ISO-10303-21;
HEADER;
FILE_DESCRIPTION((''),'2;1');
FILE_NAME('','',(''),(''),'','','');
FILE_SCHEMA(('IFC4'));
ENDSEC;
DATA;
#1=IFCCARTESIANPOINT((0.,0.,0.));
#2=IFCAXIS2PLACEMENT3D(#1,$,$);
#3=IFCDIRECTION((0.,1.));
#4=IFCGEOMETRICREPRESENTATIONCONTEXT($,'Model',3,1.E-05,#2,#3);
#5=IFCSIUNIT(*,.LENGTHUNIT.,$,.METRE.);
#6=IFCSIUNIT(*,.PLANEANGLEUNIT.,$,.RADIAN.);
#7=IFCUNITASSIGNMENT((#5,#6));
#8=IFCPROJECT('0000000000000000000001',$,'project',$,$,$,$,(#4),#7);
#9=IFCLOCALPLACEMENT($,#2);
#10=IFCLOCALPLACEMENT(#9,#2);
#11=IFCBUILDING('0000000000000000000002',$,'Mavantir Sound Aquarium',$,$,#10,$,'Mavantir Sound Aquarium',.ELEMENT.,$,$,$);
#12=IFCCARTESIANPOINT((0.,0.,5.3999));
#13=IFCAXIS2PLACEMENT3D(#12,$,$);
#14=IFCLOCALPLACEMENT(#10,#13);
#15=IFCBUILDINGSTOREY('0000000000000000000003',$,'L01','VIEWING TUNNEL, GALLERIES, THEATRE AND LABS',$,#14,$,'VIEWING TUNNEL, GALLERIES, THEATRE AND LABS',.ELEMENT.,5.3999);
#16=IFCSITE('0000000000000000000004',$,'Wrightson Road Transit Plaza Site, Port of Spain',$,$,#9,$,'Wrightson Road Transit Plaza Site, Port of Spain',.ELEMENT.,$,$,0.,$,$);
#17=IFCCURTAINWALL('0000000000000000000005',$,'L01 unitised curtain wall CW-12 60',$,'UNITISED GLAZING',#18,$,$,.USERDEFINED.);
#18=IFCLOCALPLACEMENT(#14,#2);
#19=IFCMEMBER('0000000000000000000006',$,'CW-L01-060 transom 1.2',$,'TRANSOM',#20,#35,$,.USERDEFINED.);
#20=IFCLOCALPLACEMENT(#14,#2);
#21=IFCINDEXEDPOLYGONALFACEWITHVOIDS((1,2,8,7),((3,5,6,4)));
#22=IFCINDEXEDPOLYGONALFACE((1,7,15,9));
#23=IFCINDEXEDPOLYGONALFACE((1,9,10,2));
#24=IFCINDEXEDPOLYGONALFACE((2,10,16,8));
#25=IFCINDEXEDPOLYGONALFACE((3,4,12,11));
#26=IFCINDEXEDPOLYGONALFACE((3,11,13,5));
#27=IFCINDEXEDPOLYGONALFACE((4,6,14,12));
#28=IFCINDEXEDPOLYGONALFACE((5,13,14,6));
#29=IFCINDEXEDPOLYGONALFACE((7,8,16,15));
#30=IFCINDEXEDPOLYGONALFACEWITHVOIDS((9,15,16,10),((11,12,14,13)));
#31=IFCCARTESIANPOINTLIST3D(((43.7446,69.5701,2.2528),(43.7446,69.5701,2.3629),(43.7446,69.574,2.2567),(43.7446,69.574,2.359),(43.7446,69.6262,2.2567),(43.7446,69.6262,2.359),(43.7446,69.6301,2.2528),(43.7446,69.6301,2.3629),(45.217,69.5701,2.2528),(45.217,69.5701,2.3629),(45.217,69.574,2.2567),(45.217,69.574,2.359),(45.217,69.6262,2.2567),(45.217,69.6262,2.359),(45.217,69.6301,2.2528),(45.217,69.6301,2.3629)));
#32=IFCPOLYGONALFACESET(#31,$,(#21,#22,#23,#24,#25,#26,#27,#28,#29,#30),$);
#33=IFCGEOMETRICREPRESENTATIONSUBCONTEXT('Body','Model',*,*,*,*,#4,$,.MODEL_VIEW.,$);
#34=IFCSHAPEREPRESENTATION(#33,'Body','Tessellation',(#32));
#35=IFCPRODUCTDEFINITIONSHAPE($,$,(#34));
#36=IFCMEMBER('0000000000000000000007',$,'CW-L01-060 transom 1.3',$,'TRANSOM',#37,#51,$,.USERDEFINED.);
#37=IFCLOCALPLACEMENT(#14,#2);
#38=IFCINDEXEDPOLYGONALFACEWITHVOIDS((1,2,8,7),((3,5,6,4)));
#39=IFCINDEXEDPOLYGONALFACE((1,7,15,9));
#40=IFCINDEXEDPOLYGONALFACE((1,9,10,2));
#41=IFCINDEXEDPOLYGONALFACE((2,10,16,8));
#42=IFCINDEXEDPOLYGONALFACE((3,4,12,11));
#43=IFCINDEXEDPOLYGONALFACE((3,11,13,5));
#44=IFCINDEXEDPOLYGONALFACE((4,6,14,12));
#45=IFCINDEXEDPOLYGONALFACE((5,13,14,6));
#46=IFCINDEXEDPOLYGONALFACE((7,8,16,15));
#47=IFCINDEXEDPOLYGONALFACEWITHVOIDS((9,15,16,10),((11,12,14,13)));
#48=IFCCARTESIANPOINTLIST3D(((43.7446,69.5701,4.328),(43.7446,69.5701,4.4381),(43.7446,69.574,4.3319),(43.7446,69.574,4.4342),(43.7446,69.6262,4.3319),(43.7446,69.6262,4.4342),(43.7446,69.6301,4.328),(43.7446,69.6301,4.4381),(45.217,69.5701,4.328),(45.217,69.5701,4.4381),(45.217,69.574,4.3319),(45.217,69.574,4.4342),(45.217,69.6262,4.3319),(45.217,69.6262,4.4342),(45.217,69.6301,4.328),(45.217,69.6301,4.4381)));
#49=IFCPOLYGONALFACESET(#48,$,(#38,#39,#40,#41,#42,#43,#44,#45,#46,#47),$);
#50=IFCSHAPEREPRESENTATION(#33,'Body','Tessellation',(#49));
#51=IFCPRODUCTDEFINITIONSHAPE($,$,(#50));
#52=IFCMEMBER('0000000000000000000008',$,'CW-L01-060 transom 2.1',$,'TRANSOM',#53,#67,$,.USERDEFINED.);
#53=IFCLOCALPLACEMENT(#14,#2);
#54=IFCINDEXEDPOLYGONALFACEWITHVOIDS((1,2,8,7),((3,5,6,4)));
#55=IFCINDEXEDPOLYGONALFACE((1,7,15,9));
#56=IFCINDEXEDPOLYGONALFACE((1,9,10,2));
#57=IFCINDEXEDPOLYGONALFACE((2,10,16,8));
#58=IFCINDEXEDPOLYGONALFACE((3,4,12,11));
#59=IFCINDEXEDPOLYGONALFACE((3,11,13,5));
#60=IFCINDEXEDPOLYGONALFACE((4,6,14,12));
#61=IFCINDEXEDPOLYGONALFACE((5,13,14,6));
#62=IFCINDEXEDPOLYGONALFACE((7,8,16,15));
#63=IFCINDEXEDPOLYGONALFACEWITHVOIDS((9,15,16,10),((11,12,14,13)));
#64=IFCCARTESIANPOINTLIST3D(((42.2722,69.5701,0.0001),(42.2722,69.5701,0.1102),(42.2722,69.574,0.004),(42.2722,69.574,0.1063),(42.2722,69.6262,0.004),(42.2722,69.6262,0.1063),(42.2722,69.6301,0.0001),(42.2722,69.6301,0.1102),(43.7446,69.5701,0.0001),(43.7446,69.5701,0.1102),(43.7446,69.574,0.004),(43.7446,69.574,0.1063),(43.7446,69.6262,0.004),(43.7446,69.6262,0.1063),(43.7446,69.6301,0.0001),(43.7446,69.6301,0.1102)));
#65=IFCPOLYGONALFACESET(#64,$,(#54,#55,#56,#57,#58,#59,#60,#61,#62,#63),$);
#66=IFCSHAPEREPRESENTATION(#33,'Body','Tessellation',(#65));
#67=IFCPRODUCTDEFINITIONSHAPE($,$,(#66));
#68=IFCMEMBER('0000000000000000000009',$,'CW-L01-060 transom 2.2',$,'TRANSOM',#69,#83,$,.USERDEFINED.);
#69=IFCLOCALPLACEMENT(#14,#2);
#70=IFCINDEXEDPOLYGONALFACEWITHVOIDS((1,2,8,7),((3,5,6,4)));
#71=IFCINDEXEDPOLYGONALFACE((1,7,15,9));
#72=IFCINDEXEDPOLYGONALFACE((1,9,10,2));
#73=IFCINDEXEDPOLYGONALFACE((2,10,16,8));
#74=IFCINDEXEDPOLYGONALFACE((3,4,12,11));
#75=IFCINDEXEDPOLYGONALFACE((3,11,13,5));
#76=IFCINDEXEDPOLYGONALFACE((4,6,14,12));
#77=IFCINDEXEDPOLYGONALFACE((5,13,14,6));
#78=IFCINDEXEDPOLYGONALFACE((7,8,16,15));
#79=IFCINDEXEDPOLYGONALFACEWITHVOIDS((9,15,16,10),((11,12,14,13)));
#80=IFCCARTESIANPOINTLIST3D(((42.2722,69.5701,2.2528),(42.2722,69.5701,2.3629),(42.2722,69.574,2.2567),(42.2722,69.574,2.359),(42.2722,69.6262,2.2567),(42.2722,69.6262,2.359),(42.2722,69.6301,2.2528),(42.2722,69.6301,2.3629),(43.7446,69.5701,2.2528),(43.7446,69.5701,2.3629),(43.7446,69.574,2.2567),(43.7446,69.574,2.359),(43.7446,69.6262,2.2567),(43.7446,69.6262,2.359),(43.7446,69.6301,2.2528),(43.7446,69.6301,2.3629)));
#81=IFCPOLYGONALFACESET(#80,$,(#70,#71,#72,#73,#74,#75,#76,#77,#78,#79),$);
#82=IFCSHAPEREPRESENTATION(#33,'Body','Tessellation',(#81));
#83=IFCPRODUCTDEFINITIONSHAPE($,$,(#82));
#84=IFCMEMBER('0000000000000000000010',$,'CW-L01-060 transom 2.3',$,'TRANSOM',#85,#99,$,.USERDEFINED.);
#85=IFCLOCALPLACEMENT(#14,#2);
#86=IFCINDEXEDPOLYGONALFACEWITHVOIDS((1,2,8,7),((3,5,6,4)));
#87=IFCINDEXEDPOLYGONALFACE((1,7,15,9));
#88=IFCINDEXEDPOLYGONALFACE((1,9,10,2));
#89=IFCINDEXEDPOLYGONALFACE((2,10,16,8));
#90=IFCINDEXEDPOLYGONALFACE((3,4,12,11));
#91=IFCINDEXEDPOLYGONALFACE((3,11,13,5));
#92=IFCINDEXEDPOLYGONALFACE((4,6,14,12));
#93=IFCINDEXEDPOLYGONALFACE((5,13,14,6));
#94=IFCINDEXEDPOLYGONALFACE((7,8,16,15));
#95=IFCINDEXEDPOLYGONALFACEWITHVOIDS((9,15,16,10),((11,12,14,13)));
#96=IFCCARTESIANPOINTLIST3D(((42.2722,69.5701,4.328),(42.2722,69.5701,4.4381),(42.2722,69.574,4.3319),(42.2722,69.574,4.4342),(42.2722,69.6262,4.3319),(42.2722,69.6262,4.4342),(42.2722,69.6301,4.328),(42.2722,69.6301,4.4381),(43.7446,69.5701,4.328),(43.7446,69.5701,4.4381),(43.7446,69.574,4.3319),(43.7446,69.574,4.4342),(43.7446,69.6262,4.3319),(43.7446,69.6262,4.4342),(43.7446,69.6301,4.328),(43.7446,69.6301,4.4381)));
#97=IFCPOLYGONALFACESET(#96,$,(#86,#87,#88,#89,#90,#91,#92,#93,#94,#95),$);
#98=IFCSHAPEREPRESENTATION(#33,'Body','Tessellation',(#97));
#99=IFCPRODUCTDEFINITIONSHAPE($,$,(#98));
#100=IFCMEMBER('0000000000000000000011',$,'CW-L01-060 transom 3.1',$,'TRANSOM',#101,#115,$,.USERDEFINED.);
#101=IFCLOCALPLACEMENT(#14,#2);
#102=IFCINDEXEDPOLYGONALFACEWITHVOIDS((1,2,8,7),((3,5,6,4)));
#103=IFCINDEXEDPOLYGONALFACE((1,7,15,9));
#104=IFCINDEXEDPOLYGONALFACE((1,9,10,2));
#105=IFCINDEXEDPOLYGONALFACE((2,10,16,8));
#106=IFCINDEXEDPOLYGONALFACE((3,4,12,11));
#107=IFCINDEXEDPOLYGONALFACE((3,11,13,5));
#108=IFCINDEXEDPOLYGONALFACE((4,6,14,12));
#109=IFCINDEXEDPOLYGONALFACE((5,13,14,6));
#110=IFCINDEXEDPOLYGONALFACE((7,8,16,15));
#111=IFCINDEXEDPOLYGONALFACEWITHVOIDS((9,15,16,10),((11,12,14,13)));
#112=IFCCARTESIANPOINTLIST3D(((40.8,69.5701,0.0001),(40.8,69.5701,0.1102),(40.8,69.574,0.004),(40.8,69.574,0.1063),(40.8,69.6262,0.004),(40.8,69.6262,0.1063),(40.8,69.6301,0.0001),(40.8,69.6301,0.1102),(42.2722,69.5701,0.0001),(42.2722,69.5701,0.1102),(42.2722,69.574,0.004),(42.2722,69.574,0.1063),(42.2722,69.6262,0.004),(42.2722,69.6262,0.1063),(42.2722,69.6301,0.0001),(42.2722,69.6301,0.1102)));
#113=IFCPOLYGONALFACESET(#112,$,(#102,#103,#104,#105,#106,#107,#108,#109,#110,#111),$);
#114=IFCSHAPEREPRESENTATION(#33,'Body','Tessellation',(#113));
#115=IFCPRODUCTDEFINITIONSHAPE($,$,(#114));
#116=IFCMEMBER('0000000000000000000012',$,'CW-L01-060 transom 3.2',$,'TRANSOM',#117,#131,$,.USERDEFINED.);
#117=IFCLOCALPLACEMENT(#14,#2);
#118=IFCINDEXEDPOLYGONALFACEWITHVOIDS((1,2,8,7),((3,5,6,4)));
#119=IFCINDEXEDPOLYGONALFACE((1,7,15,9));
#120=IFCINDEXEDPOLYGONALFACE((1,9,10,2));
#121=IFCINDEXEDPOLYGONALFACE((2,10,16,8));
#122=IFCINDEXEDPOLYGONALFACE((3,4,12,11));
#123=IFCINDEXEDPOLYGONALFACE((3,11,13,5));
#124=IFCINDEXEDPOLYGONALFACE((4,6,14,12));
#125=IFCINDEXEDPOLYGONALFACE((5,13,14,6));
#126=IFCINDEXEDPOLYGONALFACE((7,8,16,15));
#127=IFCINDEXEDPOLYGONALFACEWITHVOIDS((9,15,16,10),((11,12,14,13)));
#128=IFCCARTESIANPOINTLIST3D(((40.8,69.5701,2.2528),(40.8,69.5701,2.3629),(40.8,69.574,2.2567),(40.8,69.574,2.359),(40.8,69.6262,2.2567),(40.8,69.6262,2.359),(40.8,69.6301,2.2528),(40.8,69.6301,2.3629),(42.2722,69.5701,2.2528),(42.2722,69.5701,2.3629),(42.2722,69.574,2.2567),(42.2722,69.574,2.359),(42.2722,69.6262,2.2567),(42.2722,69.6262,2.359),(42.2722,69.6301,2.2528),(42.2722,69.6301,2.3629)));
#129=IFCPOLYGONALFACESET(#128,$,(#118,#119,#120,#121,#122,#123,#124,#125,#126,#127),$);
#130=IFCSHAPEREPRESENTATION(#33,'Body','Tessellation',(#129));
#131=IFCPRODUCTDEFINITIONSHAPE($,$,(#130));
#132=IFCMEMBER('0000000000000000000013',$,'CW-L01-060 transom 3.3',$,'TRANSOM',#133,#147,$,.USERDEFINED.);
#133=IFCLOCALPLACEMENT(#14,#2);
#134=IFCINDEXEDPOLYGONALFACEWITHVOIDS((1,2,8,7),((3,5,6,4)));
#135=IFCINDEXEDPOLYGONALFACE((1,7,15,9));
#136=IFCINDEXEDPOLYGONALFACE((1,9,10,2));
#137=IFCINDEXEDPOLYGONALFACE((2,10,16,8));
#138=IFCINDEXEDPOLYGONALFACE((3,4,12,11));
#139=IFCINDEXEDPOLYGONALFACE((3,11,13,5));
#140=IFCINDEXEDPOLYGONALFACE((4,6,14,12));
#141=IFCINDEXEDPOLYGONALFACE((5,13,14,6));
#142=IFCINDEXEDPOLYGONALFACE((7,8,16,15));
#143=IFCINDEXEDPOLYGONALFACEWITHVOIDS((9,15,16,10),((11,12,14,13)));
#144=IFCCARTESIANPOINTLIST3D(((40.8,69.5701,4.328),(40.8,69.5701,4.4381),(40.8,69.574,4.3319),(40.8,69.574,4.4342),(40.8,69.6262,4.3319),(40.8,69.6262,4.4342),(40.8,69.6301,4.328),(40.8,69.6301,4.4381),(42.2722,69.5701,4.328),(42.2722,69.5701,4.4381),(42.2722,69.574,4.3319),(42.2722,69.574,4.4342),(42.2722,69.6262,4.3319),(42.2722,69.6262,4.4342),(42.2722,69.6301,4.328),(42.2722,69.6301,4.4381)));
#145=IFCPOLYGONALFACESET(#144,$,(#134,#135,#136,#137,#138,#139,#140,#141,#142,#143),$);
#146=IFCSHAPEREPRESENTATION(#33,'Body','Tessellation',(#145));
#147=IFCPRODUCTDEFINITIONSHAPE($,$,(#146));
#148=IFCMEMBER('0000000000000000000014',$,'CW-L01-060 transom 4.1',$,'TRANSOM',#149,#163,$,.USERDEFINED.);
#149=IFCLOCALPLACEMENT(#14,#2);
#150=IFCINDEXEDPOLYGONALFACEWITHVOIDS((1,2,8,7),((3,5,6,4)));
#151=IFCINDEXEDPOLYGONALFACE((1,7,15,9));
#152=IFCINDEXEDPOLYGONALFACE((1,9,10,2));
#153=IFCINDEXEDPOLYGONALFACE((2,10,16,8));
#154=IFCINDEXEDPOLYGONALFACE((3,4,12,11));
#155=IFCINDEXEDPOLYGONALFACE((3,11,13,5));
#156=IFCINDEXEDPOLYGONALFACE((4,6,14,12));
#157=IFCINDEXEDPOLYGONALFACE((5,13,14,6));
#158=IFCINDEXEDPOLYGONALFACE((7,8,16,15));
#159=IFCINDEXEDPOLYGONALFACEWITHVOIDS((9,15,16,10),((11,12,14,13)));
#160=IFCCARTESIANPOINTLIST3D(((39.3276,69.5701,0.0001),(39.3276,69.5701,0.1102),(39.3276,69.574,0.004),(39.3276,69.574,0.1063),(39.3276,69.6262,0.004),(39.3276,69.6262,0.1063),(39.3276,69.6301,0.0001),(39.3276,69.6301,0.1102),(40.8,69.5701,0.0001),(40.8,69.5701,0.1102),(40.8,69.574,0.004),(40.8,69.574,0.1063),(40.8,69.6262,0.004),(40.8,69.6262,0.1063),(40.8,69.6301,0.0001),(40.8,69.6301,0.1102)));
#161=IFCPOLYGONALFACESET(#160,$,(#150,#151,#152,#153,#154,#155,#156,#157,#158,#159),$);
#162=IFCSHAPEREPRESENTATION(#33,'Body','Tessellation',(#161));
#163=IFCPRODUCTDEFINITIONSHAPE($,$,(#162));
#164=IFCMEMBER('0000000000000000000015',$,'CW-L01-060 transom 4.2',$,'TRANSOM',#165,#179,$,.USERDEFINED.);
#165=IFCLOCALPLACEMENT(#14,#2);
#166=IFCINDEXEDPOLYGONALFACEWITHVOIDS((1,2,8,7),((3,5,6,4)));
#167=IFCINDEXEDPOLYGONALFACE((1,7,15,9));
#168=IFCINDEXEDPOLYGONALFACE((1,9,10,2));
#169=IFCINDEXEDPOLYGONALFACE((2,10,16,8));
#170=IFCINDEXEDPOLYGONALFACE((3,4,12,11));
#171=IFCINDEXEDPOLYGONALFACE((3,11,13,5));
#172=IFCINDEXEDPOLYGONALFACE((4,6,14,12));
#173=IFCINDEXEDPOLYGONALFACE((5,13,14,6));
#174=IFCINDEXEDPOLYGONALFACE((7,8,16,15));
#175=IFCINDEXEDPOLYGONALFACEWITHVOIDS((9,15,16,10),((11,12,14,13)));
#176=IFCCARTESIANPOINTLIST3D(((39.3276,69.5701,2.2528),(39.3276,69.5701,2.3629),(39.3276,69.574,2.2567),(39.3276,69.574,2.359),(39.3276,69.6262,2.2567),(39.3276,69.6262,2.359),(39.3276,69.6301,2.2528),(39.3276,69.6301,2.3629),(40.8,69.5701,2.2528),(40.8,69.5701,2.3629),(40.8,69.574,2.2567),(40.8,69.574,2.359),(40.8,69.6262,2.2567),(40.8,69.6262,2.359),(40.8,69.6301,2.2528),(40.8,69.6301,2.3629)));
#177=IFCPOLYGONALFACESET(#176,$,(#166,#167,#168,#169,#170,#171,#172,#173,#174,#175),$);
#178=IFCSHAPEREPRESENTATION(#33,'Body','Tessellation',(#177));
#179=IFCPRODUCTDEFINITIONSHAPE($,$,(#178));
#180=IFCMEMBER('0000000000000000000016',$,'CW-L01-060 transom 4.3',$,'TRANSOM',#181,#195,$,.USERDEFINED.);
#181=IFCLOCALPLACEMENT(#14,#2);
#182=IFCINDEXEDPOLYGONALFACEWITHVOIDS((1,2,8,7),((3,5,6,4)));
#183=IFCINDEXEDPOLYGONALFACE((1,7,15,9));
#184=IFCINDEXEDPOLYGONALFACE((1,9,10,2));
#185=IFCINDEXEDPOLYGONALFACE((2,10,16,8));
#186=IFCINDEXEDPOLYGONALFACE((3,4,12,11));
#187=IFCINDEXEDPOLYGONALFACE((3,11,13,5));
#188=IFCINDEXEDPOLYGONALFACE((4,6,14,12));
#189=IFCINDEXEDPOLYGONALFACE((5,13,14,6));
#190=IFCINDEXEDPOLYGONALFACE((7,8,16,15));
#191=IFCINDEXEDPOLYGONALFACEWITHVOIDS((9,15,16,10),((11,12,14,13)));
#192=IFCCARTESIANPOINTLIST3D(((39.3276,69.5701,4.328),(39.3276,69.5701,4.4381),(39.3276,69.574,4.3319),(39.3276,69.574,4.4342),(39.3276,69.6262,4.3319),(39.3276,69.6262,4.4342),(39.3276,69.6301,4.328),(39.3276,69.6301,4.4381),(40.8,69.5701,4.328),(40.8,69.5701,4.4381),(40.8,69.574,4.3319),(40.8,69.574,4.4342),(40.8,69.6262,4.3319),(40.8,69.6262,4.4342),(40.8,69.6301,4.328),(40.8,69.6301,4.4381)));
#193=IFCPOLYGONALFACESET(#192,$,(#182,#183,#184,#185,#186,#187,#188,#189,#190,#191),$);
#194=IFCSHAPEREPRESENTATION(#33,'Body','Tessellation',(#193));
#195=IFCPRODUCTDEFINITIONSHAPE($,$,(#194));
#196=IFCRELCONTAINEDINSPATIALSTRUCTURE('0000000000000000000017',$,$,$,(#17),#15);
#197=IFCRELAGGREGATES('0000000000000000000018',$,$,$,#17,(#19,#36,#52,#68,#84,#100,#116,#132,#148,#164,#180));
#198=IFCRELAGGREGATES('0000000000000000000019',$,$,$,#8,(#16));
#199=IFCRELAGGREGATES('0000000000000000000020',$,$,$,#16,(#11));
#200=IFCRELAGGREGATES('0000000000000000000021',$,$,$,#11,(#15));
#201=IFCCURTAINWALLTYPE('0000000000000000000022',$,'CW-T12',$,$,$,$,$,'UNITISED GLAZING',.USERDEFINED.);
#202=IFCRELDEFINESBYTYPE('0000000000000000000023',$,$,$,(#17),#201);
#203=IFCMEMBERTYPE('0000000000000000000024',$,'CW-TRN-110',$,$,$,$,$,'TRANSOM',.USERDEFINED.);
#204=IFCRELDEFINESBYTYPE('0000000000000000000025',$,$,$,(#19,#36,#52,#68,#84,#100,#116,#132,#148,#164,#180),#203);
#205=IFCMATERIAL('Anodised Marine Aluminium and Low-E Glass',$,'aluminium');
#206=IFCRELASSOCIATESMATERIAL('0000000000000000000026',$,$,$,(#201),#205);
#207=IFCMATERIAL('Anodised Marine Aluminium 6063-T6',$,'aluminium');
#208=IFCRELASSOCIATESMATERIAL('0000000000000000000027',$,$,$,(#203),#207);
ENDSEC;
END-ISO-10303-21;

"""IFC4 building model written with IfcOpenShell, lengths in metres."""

from ifc_helpers import new_model, si_unit, direction, frame, origin, origin_2d, place, context, subcontext, project, spatial, hollow_rectangle, extrude, material, material_profile, profile_set, type_object, element, aggregate, save


model = new_model("IFC4")

# Units and contexts
model_context = context("Model", 3, precision=1e-05, world=origin(), true_north=direction((0.0, 1.0)))
body_context = subcontext(model_context, "Body", "Model", "MODEL_VIEW")
ifc_project = project(units=[si_unit("LENGTHUNIT", "METRE"), si_unit("PLANEANGLEUNIT", "RADIAN")], contexts=[model_context])

# Site, building, storey
site_placement = place(None, origin())
site = spatial("IfcSite", under=ifc_project, at=site_placement, Name="Wrightson Road Transit Plaza Site, Port of Spain", LongName="Wrightson Road Transit Plaza Site, Port of Spain", CompositionType="ELEMENT", RefElevation=0.0)
building_placement = place(site_placement, origin())
building = spatial("IfcBuilding", under=site, at=building_placement, Name="Mavantir Sound Aquarium", LongName="Mavantir Sound Aquarium", CompositionType="ELEMENT")
storey_placement = place(building_placement, frame((0.0, 0.0, 5.3999)))
storey = spatial("IfcBuildingStorey", under=building, at=storey_placement, Name="L01", Description="VIEWING TUNNEL, GALLERIES, THEATRE AND LABS", LongName="VIEWING TUNNEL, GALLERIES, THEATRE AND LABS", CompositionType="ELEMENT", Elevation=5.3999)

# Shared definitions
ifc_material_1 = material(Name="Anodised Marine Aluminium and Low-E Glass", Category="aluminium")
ifc_material_2 = material(Name="Anodised Marine Aluminium 6063-T6", Category="aluminium")

# Curtain wall, members
curtain_wall_type_1 = type_object("IfcCurtainWallType", Name="CW-T12", ElementType="UNITISED GLAZING", PredefinedType="USERDEFINED", material=ifc_material_1)
curtain_wall_1_placement = place(storey_placement, origin())
curtain_wall_1 = element("IfcCurtainWall", 1, at=curtain_wall_1_placement, inside=storey, type_object=curtain_wall_type_1, Name="L01 unitised curtain wall CW-12 60", ObjectType="UNITISED GLAZING", PredefinedType="USERDEFINED")
ifc_material_profile_1 = material_profile(ifc_material_2, hollow_rectangle(XDim=0.0601, YDim=0.1101, WallThickness=0.0039, at=origin_2d()), Name="ALU-TRANSOM-110X60")
ifc_profile_set_1 = profile_set([ifc_material_profile_1], Name="Anodised Marine Aluminium 6063-T6")
member_type_1 = type_object("IfcMemberType", Name="CW-TRN-110", ElementType="TRANSOM", PredefinedType="USERDEFINED", material=ifc_profile_set_1)
member_1_placement = place(storey_placement, frame((45.217, 69.6001, 2.3079), z_axis=(-1.0, 0.0, 0.0), x_axis=(0.0, -1.0, 0.0)))
member_1 = element("IfcMember", 2, at=member_1_placement, type_object=member_type_1, Name="CW-L01-060 transom 1.2", ObjectType="TRANSOM", PredefinedType="USERDEFINED", context=body_context, shape_type="SweptSolid", body=[
    extrude(hollow_rectangle(XDim=0.0601, YDim=0.1101, WallThickness=0.0039, at=origin_2d()), origin(), (0.0, 0.0, 1.0), 1.4724),
])
member_2_placement = place(storey_placement, frame((45.217, 69.6001, 4.3831), z_axis=(-1.0, 0.0, 0.0), x_axis=(0.0, -1.0, 0.0)))
member_2 = element("IfcMember", 3, at=member_2_placement, type_object=member_type_1, Name="CW-L01-060 transom 1.3", ObjectType="TRANSOM", PredefinedType="USERDEFINED", context=body_context, shape_type="SweptSolid", body=[
    extrude(hollow_rectangle(XDim=0.0601, YDim=0.1101, WallThickness=0.0039, at=origin_2d()), origin(), (0.0, 0.0, 1.0), 1.4724),
])
member_3_placement = place(storey_placement, frame((43.7446, 69.6001, 0.0552), z_axis=(-1.0, 0.0, 0.0), x_axis=(0.0, -1.0, 0.0)))
member_3 = element("IfcMember", 4, at=member_3_placement, type_object=member_type_1, Name="CW-L01-060 transom 2.1", ObjectType="TRANSOM", PredefinedType="USERDEFINED", context=body_context, shape_type="SweptSolid", body=[
    extrude(hollow_rectangle(XDim=0.0601, YDim=0.1101, WallThickness=0.0039, at=origin_2d()), origin(), (0.0, 0.0, 1.0), 1.4724),
])
member_4_placement = place(storey_placement, frame((43.7446, 69.6001, 2.3079), z_axis=(-1.0, 0.0, 0.0), x_axis=(0.0, -1.0, 0.0)))
member_4 = element("IfcMember", 5, at=member_4_placement, type_object=member_type_1, Name="CW-L01-060 transom 2.2", ObjectType="TRANSOM", PredefinedType="USERDEFINED", context=body_context, shape_type="SweptSolid", body=[
    extrude(hollow_rectangle(XDim=0.0601, YDim=0.1101, WallThickness=0.0039, at=origin_2d()), origin(), (0.0, 0.0, 1.0), 1.4724),
])
member_5_placement = place(storey_placement, frame((43.7446, 69.6001, 4.3831), z_axis=(-1.0, 0.0, 0.0), x_axis=(0.0, -1.0, 0.0)))
member_5 = element("IfcMember", 6, at=member_5_placement, type_object=member_type_1, Name="CW-L01-060 transom 2.3", ObjectType="TRANSOM", PredefinedType="USERDEFINED", context=body_context, shape_type="SweptSolid", body=[
    extrude(hollow_rectangle(XDim=0.0601, YDim=0.1101, WallThickness=0.0039, at=origin_2d()), origin(), (0.0, 0.0, 1.0), 1.4724),
])
member_6_placement = place(storey_placement, frame((42.2722, 69.6001, 0.0552), z_axis=(-1.0, 0.0, 0.0), x_axis=(0.0, -1.0, 0.0)))
member_6 = element("IfcMember", 7, at=member_6_placement, type_object=member_type_1, Name="CW-L01-060 transom 3.1", ObjectType="TRANSOM", PredefinedType="USERDEFINED", context=body_context, shape_type="SweptSolid", body=[
    extrude(hollow_rectangle(XDim=0.0601, YDim=0.1101, WallThickness=0.0039, at=origin_2d()), origin(), (0.0, 0.0, 1.0), 1.4722),
])
member_7_placement = place(storey_placement, frame((42.2722, 69.6001, 2.3079), z_axis=(-1.0, 0.0, 0.0), x_axis=(0.0, -1.0, 0.0)))
member_7 = element("IfcMember", 8, at=member_7_placement, type_object=member_type_1, Name="CW-L01-060 transom 3.2", ObjectType="TRANSOM", PredefinedType="USERDEFINED", context=body_context, shape_type="SweptSolid", body=[
    extrude(hollow_rectangle(XDim=0.0601, YDim=0.1101, WallThickness=0.0039, at=origin_2d()), origin(), (0.0, 0.0, 1.0), 1.4722),
])
member_8_placement = place(storey_placement, frame((42.2722, 69.6001, 4.3831), z_axis=(-1.0, 0.0, 0.0), x_axis=(0.0, -1.0, 0.0)))
member_8 = element("IfcMember", 9, at=member_8_placement, type_object=member_type_1, Name="CW-L01-060 transom 3.3", ObjectType="TRANSOM", PredefinedType="USERDEFINED", context=body_context, shape_type="SweptSolid", body=[
    extrude(hollow_rectangle(XDim=0.0601, YDim=0.1101, WallThickness=0.0039, at=origin_2d()), origin(), (0.0, 0.0, 1.0), 1.4722),
])
member_9_placement = place(storey_placement, frame((40.8, 69.6001, 0.0552), z_axis=(-1.0, 0.0, 0.0), x_axis=(0.0, -1.0, 0.0)))
member_9 = element("IfcMember", 10, at=member_9_placement, type_object=member_type_1, Name="CW-L01-060 transom 4.1", ObjectType="TRANSOM", PredefinedType="USERDEFINED", context=body_context, shape_type="SweptSolid", body=[
    extrude(hollow_rectangle(XDim=0.0601, YDim=0.1101, WallThickness=0.0039, at=origin_2d()), origin(), (0.0, 0.0, 1.0), 1.4724),
])
member_10_placement = place(storey_placement, frame((40.8, 69.6001, 2.3079), z_axis=(-1.0, 0.0, 0.0), x_axis=(0.0, -1.0, 0.0)))
member_10 = element("IfcMember", 11, at=member_10_placement, type_object=member_type_1, Name="CW-L01-060 transom 4.2", ObjectType="TRANSOM", PredefinedType="USERDEFINED", context=body_context, shape_type="SweptSolid", body=[
    extrude(hollow_rectangle(XDim=0.0601, YDim=0.1101, WallThickness=0.0039, at=origin_2d()), origin(), (0.0, 0.0, 1.0), 1.4724),
])
member_11_placement = place(storey_placement, frame((40.8, 69.6001, 4.3831), z_axis=(-1.0, 0.0, 0.0), x_axis=(0.0, -1.0, 0.0)))
member_11 = element("IfcMember", 12, at=member_11_placement, type_object=member_type_1, Name="CW-L01-060 transom 4.3", ObjectType="TRANSOM", PredefinedType="USERDEFINED", context=body_context, shape_type="SweptSolid", body=[
    extrude(hollow_rectangle(XDim=0.0601, YDim=0.1101, WallThickness=0.0039, at=origin_2d()), origin(), (0.0, 0.0, 1.0), 1.4724),
])
aggregate(curtain_wall_1, [member_1, member_2, member_3, member_4, member_5, member_6, member_7, member_8, member_9, member_10, member_11])

save(model, "model.ifc")
